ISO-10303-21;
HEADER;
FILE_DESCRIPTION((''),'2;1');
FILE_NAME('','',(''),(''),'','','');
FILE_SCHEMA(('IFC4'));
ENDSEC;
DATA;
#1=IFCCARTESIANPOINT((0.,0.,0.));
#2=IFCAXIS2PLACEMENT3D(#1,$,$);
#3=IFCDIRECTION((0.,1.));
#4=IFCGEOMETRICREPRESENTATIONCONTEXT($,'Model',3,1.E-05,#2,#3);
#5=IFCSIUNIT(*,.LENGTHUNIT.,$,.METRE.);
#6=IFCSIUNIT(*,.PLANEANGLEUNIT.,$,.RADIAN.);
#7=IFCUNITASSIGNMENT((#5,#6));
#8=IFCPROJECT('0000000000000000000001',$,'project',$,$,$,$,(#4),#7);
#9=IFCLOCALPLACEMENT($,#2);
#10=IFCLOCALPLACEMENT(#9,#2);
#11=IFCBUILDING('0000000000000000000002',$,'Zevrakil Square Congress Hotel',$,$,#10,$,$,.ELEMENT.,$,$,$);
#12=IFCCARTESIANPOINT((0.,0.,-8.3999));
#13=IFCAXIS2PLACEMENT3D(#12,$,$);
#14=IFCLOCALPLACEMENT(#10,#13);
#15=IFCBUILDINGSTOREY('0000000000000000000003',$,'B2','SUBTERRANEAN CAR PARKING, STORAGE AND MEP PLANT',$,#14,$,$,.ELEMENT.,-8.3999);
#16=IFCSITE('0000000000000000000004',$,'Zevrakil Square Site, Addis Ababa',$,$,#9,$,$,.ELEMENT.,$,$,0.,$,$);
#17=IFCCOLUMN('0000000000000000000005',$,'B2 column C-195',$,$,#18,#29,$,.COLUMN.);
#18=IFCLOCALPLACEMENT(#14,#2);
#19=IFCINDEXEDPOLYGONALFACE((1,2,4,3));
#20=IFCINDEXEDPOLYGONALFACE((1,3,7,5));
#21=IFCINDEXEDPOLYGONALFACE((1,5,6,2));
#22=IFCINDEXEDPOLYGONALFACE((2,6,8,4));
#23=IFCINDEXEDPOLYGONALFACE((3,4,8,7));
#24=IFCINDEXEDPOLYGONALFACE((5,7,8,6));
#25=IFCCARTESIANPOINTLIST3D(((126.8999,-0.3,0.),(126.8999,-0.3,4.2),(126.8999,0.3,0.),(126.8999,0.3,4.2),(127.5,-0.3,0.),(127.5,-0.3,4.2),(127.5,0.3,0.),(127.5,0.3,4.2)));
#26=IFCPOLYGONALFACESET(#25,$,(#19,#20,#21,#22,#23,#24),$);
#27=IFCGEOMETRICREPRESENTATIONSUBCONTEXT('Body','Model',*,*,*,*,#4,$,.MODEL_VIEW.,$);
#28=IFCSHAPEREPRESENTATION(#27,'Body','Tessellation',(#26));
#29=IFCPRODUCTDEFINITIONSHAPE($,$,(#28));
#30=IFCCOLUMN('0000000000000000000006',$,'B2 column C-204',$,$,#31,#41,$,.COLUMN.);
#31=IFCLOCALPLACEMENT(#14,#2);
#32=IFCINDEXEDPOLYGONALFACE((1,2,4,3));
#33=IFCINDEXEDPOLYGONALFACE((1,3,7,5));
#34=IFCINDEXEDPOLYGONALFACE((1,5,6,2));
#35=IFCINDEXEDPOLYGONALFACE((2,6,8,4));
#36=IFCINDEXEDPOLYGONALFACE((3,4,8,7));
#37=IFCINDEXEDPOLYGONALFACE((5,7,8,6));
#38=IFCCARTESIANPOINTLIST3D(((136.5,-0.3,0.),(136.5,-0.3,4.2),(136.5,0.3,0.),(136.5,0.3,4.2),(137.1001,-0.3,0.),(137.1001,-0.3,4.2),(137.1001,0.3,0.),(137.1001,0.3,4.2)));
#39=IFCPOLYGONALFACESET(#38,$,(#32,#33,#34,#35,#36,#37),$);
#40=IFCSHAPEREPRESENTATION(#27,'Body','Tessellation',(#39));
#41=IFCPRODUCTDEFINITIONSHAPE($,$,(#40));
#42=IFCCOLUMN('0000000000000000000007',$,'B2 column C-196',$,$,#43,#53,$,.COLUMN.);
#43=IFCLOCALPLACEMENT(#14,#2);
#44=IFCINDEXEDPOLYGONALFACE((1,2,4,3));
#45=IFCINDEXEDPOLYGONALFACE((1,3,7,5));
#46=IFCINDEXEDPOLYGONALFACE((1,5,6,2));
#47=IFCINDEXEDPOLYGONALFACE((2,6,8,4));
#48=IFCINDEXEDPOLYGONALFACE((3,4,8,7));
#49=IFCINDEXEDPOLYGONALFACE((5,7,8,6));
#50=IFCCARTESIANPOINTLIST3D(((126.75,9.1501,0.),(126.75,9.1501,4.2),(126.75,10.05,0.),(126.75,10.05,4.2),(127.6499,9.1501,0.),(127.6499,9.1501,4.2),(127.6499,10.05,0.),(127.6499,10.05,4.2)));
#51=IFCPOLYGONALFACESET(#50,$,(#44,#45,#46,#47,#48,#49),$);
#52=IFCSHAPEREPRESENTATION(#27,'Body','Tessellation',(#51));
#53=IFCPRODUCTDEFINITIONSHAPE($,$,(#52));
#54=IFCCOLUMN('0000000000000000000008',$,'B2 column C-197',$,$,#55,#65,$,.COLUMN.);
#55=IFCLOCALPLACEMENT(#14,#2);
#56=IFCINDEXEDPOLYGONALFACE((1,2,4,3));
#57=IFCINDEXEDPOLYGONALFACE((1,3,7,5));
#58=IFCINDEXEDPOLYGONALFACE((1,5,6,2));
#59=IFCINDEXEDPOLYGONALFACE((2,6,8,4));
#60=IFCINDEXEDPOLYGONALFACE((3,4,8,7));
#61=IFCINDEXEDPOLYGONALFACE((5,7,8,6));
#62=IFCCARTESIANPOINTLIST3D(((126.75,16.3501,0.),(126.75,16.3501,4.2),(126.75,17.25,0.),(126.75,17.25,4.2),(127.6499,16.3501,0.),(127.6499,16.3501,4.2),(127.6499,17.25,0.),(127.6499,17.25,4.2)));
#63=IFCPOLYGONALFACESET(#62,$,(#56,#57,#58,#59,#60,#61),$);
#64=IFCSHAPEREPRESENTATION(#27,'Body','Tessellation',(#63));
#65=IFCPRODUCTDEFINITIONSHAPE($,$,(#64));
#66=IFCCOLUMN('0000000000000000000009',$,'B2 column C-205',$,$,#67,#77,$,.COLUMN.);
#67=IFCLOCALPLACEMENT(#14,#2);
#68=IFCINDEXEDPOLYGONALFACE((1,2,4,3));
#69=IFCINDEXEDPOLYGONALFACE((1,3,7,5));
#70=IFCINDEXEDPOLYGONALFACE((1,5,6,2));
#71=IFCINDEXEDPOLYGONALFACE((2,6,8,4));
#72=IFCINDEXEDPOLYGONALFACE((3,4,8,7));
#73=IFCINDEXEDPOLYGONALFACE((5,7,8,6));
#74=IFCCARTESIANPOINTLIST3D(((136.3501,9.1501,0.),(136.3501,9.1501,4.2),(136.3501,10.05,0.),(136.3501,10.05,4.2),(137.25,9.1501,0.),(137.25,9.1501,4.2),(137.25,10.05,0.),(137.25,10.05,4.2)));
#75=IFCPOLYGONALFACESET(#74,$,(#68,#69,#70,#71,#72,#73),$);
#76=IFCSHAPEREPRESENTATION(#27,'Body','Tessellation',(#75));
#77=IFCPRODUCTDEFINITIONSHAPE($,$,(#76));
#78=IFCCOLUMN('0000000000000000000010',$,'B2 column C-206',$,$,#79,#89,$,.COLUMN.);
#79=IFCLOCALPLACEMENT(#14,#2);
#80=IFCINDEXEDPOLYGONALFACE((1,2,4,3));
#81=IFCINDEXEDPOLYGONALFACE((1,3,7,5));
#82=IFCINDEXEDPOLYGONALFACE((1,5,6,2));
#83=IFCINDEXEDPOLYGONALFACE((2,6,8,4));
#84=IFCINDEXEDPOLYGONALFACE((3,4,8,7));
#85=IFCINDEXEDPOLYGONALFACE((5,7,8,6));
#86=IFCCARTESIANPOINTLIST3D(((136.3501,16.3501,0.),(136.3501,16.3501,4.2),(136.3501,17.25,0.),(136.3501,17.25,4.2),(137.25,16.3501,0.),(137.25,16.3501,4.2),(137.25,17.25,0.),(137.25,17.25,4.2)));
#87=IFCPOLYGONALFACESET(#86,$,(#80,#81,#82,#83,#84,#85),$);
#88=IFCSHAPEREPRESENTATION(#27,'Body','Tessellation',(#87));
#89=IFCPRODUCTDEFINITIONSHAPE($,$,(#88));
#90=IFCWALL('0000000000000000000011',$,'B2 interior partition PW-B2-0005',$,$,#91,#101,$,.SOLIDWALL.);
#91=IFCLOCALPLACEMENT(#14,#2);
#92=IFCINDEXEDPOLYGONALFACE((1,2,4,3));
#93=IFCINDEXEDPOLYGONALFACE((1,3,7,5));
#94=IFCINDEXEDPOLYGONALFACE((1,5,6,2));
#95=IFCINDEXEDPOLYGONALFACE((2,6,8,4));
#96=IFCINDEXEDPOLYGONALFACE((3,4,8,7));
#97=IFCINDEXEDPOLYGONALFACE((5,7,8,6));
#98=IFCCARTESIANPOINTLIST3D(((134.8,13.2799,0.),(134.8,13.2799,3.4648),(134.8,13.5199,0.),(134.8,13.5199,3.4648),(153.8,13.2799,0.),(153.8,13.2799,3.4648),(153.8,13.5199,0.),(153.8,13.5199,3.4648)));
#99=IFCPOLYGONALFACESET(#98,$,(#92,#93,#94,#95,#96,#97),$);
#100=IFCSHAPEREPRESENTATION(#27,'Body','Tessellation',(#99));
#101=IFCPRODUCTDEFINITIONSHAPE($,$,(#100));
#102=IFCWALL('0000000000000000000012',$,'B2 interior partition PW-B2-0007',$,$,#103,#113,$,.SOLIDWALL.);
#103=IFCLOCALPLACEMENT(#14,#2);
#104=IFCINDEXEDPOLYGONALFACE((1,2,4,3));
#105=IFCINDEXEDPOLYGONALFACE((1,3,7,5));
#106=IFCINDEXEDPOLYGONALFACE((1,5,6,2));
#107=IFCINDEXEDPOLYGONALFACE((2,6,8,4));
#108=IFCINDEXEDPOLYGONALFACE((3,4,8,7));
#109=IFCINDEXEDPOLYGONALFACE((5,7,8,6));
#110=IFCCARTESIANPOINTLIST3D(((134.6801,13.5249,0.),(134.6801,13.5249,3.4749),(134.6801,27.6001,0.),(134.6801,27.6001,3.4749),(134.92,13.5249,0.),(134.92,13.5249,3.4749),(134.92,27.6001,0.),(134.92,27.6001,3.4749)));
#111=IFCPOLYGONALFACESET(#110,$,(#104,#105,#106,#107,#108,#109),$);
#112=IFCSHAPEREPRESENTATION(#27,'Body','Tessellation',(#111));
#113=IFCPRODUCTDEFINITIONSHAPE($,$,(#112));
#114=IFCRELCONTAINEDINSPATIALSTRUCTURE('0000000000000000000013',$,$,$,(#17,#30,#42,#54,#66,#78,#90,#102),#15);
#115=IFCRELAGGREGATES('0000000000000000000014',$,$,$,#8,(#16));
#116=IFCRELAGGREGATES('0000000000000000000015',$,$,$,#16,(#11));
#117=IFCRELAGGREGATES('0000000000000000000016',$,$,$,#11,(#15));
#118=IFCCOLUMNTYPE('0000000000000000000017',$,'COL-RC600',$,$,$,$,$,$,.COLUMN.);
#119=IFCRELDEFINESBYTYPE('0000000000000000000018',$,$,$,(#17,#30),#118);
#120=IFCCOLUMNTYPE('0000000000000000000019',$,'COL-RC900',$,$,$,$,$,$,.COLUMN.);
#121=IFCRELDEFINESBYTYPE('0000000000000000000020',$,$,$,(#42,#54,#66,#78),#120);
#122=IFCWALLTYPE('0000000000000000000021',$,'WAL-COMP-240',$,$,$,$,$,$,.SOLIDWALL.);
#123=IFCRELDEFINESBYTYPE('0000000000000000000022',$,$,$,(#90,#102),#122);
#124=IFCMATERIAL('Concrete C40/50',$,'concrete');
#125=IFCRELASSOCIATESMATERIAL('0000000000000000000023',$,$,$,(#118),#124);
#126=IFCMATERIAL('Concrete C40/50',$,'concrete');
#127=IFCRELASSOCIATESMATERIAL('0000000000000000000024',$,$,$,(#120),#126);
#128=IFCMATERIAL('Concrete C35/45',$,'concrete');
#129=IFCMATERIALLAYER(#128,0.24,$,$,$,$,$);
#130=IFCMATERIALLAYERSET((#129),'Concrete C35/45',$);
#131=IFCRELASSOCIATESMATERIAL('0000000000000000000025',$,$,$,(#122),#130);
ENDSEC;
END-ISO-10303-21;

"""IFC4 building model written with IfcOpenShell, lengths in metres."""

from ifc_helpers import new_model, si_unit, direction, frame, frame_2d, origin, origin_2d, place, context, subcontext, project, spatial, rectangle, extrude, material, layer, layer_set, material_profile, profile_set, type_object, element, save


model = new_model("IFC4")

# Units and contexts
model_context = context("Model", 3, precision=1e-05, world=origin(), true_north=direction((0.0, 1.0)))
body_context = subcontext(model_context, "Body", "Model", "MODEL_VIEW")
ifc_project = project(units=[si_unit("LENGTHUNIT", "METRE"), si_unit("PLANEANGLEUNIT", "RADIAN")], contexts=[model_context])

# Site, building, storey
site_placement = place(None, origin())
site = spatial("IfcSite", under=ifc_project, at=site_placement, Name="Zevrakil Square Site, Addis Ababa", CompositionType="ELEMENT", RefElevation=0.0)
building_placement = place(site_placement, origin())
building = spatial("IfcBuilding", under=site, at=building_placement, Name="Zevrakil Square Congress Hotel", CompositionType="ELEMENT")
storey_placement = place(building_placement, frame((0.0, 0.0, -8.3999)))
storey = spatial("IfcBuildingStorey", under=building, at=storey_placement, Name="B2", Description="SUBTERRANEAN CAR PARKING, STORAGE AND MEP PLANT", CompositionType="ELEMENT", Elevation=-8.3999)

# Columns
ifc_material_1 = material(Name="Concrete C40/50", Category="concrete")
ifc_material_profile_1 = material_profile(ifc_material_1, rectangle(XDim=0.6001, YDim=0.6001, at=origin_2d()), Name="RC 600x600")
ifc_profile_set_1 = profile_set([ifc_material_profile_1], Name="Concrete C40/50")
column_type_1 = type_object("IfcColumnType", Name="COL-RC600", PredefinedType="COLUMN", material=ifc_profile_set_1)
for number, where, z_axis, x_axis, name in (
    (1, (127.2, 0.0, 0.0), (0.0, 0.0, 1.0), (1.0, 0.0, 0.0), "B2 column C-195"),
    (2, (136.8, 0.0, 0.0), (0.0, 0.0, 1.0), (1.0, 0.0, 0.0), "B2 column C-204"),
):
    element("IfcColumn", number, at=place(storey_placement, frame(where, z_axis=z_axis, x_axis=x_axis)), inside=storey, type_object=column_type_1, Name=name, PredefinedType="COLUMN", context=body_context, shape_type="SweptSolid", body=[
        extrude(rectangle(XDim=0.6001, YDim=0.6001, at=origin_2d()), origin(), (0.0, 0.0, 1.0), 4.2),
    ])
ifc_material_2 = material(Name="Concrete C40/50", Category="concrete")
ifc_material_profile_2 = material_profile(ifc_material_2, rectangle(XDim=0.8999, YDim=0.8999, at=origin_2d()), Name="RC 900x900")
ifc_profile_set_2 = profile_set([ifc_material_profile_2], Name="Concrete C40/50")
column_type_2 = type_object("IfcColumnType", Name="COL-RC900", PredefinedType="COLUMN", material=ifc_profile_set_2)
for number, where, z_axis, x_axis, name in (
    (3, (127.2, 9.6001, 0.0), (0.0, 0.0, 1.0), (1.0, 0.0, 0.0), "B2 column C-196"),
    (4, (127.2, 16.8, 0.0), (0.0, 0.0, 1.0), (1.0, 0.0, 0.0), "B2 column C-197"),
    (5, (136.8, 9.6001, 0.0), (0.0, 0.0, 1.0), (1.0, 0.0, 0.0), "B2 column C-205"),
    (6, (136.8, 16.8, 0.0), (0.0, 0.0, 1.0), (1.0, 0.0, 0.0), "B2 column C-206"),
):
    element("IfcColumn", number, at=place(storey_placement, frame(where, z_axis=z_axis, x_axis=x_axis)), inside=storey, type_object=column_type_2, Name=name, PredefinedType="COLUMN", context=body_context, shape_type="SweptSolid", body=[
        extrude(rectangle(XDim=0.8999, YDim=0.8999, at=origin_2d()), origin(), (0.0, 0.0, 1.0), 4.2),
    ])

# Walls
ifc_material_3 = material(Name="Concrete C35/45", Category="concrete")
ifc_layer = layer(ifc_material_3, 0.24)
ifc_layer_set = layer_set([ifc_layer], Name="Concrete C35/45")
wall_type = type_object("IfcWallType", Name="WAL-COMP-240", PredefinedType="SOLIDWALL", material=ifc_layer_set)
wall_1_placement = place(storey_placement, frame((134.8, 13.3999, 0.0), z_axis=(0.0, 0.0, 1.0), x_axis=(1.0, 0.0, 0.0)))
element("IfcWall", 7, at=wall_1_placement, inside=storey, type_object=wall_type, Name="B2 interior partition PW-B2-0005", PredefinedType="SOLIDWALL", context=body_context, shape_type="SweptSolid", body=[
    extrude(rectangle(XDim=19.0, YDim=0.24, at=frame_2d((9.5, 0.0))), origin(), (0.0, 0.0, 1.0), 3.4648),
])
wall_2_placement = place(storey_placement, frame((134.8, 13.5249, 0.0), z_axis=(0.0, 0.0, 1.0), x_axis=(0.0, 1.0, 0.0)))
element("IfcWall", 8, at=wall_2_placement, inside=storey, type_object=wall_type, Name="B2 interior partition PW-B2-0007", PredefinedType="SOLIDWALL", context=body_context, shape_type="SweptSolid", body=[
    extrude(rectangle(XDim=14.0752, YDim=0.24, at=frame_2d((7.0376, 0.0))), origin(), (0.0, 0.0, 1.0), 3.4749),
])

save(model, "model.ifc")
